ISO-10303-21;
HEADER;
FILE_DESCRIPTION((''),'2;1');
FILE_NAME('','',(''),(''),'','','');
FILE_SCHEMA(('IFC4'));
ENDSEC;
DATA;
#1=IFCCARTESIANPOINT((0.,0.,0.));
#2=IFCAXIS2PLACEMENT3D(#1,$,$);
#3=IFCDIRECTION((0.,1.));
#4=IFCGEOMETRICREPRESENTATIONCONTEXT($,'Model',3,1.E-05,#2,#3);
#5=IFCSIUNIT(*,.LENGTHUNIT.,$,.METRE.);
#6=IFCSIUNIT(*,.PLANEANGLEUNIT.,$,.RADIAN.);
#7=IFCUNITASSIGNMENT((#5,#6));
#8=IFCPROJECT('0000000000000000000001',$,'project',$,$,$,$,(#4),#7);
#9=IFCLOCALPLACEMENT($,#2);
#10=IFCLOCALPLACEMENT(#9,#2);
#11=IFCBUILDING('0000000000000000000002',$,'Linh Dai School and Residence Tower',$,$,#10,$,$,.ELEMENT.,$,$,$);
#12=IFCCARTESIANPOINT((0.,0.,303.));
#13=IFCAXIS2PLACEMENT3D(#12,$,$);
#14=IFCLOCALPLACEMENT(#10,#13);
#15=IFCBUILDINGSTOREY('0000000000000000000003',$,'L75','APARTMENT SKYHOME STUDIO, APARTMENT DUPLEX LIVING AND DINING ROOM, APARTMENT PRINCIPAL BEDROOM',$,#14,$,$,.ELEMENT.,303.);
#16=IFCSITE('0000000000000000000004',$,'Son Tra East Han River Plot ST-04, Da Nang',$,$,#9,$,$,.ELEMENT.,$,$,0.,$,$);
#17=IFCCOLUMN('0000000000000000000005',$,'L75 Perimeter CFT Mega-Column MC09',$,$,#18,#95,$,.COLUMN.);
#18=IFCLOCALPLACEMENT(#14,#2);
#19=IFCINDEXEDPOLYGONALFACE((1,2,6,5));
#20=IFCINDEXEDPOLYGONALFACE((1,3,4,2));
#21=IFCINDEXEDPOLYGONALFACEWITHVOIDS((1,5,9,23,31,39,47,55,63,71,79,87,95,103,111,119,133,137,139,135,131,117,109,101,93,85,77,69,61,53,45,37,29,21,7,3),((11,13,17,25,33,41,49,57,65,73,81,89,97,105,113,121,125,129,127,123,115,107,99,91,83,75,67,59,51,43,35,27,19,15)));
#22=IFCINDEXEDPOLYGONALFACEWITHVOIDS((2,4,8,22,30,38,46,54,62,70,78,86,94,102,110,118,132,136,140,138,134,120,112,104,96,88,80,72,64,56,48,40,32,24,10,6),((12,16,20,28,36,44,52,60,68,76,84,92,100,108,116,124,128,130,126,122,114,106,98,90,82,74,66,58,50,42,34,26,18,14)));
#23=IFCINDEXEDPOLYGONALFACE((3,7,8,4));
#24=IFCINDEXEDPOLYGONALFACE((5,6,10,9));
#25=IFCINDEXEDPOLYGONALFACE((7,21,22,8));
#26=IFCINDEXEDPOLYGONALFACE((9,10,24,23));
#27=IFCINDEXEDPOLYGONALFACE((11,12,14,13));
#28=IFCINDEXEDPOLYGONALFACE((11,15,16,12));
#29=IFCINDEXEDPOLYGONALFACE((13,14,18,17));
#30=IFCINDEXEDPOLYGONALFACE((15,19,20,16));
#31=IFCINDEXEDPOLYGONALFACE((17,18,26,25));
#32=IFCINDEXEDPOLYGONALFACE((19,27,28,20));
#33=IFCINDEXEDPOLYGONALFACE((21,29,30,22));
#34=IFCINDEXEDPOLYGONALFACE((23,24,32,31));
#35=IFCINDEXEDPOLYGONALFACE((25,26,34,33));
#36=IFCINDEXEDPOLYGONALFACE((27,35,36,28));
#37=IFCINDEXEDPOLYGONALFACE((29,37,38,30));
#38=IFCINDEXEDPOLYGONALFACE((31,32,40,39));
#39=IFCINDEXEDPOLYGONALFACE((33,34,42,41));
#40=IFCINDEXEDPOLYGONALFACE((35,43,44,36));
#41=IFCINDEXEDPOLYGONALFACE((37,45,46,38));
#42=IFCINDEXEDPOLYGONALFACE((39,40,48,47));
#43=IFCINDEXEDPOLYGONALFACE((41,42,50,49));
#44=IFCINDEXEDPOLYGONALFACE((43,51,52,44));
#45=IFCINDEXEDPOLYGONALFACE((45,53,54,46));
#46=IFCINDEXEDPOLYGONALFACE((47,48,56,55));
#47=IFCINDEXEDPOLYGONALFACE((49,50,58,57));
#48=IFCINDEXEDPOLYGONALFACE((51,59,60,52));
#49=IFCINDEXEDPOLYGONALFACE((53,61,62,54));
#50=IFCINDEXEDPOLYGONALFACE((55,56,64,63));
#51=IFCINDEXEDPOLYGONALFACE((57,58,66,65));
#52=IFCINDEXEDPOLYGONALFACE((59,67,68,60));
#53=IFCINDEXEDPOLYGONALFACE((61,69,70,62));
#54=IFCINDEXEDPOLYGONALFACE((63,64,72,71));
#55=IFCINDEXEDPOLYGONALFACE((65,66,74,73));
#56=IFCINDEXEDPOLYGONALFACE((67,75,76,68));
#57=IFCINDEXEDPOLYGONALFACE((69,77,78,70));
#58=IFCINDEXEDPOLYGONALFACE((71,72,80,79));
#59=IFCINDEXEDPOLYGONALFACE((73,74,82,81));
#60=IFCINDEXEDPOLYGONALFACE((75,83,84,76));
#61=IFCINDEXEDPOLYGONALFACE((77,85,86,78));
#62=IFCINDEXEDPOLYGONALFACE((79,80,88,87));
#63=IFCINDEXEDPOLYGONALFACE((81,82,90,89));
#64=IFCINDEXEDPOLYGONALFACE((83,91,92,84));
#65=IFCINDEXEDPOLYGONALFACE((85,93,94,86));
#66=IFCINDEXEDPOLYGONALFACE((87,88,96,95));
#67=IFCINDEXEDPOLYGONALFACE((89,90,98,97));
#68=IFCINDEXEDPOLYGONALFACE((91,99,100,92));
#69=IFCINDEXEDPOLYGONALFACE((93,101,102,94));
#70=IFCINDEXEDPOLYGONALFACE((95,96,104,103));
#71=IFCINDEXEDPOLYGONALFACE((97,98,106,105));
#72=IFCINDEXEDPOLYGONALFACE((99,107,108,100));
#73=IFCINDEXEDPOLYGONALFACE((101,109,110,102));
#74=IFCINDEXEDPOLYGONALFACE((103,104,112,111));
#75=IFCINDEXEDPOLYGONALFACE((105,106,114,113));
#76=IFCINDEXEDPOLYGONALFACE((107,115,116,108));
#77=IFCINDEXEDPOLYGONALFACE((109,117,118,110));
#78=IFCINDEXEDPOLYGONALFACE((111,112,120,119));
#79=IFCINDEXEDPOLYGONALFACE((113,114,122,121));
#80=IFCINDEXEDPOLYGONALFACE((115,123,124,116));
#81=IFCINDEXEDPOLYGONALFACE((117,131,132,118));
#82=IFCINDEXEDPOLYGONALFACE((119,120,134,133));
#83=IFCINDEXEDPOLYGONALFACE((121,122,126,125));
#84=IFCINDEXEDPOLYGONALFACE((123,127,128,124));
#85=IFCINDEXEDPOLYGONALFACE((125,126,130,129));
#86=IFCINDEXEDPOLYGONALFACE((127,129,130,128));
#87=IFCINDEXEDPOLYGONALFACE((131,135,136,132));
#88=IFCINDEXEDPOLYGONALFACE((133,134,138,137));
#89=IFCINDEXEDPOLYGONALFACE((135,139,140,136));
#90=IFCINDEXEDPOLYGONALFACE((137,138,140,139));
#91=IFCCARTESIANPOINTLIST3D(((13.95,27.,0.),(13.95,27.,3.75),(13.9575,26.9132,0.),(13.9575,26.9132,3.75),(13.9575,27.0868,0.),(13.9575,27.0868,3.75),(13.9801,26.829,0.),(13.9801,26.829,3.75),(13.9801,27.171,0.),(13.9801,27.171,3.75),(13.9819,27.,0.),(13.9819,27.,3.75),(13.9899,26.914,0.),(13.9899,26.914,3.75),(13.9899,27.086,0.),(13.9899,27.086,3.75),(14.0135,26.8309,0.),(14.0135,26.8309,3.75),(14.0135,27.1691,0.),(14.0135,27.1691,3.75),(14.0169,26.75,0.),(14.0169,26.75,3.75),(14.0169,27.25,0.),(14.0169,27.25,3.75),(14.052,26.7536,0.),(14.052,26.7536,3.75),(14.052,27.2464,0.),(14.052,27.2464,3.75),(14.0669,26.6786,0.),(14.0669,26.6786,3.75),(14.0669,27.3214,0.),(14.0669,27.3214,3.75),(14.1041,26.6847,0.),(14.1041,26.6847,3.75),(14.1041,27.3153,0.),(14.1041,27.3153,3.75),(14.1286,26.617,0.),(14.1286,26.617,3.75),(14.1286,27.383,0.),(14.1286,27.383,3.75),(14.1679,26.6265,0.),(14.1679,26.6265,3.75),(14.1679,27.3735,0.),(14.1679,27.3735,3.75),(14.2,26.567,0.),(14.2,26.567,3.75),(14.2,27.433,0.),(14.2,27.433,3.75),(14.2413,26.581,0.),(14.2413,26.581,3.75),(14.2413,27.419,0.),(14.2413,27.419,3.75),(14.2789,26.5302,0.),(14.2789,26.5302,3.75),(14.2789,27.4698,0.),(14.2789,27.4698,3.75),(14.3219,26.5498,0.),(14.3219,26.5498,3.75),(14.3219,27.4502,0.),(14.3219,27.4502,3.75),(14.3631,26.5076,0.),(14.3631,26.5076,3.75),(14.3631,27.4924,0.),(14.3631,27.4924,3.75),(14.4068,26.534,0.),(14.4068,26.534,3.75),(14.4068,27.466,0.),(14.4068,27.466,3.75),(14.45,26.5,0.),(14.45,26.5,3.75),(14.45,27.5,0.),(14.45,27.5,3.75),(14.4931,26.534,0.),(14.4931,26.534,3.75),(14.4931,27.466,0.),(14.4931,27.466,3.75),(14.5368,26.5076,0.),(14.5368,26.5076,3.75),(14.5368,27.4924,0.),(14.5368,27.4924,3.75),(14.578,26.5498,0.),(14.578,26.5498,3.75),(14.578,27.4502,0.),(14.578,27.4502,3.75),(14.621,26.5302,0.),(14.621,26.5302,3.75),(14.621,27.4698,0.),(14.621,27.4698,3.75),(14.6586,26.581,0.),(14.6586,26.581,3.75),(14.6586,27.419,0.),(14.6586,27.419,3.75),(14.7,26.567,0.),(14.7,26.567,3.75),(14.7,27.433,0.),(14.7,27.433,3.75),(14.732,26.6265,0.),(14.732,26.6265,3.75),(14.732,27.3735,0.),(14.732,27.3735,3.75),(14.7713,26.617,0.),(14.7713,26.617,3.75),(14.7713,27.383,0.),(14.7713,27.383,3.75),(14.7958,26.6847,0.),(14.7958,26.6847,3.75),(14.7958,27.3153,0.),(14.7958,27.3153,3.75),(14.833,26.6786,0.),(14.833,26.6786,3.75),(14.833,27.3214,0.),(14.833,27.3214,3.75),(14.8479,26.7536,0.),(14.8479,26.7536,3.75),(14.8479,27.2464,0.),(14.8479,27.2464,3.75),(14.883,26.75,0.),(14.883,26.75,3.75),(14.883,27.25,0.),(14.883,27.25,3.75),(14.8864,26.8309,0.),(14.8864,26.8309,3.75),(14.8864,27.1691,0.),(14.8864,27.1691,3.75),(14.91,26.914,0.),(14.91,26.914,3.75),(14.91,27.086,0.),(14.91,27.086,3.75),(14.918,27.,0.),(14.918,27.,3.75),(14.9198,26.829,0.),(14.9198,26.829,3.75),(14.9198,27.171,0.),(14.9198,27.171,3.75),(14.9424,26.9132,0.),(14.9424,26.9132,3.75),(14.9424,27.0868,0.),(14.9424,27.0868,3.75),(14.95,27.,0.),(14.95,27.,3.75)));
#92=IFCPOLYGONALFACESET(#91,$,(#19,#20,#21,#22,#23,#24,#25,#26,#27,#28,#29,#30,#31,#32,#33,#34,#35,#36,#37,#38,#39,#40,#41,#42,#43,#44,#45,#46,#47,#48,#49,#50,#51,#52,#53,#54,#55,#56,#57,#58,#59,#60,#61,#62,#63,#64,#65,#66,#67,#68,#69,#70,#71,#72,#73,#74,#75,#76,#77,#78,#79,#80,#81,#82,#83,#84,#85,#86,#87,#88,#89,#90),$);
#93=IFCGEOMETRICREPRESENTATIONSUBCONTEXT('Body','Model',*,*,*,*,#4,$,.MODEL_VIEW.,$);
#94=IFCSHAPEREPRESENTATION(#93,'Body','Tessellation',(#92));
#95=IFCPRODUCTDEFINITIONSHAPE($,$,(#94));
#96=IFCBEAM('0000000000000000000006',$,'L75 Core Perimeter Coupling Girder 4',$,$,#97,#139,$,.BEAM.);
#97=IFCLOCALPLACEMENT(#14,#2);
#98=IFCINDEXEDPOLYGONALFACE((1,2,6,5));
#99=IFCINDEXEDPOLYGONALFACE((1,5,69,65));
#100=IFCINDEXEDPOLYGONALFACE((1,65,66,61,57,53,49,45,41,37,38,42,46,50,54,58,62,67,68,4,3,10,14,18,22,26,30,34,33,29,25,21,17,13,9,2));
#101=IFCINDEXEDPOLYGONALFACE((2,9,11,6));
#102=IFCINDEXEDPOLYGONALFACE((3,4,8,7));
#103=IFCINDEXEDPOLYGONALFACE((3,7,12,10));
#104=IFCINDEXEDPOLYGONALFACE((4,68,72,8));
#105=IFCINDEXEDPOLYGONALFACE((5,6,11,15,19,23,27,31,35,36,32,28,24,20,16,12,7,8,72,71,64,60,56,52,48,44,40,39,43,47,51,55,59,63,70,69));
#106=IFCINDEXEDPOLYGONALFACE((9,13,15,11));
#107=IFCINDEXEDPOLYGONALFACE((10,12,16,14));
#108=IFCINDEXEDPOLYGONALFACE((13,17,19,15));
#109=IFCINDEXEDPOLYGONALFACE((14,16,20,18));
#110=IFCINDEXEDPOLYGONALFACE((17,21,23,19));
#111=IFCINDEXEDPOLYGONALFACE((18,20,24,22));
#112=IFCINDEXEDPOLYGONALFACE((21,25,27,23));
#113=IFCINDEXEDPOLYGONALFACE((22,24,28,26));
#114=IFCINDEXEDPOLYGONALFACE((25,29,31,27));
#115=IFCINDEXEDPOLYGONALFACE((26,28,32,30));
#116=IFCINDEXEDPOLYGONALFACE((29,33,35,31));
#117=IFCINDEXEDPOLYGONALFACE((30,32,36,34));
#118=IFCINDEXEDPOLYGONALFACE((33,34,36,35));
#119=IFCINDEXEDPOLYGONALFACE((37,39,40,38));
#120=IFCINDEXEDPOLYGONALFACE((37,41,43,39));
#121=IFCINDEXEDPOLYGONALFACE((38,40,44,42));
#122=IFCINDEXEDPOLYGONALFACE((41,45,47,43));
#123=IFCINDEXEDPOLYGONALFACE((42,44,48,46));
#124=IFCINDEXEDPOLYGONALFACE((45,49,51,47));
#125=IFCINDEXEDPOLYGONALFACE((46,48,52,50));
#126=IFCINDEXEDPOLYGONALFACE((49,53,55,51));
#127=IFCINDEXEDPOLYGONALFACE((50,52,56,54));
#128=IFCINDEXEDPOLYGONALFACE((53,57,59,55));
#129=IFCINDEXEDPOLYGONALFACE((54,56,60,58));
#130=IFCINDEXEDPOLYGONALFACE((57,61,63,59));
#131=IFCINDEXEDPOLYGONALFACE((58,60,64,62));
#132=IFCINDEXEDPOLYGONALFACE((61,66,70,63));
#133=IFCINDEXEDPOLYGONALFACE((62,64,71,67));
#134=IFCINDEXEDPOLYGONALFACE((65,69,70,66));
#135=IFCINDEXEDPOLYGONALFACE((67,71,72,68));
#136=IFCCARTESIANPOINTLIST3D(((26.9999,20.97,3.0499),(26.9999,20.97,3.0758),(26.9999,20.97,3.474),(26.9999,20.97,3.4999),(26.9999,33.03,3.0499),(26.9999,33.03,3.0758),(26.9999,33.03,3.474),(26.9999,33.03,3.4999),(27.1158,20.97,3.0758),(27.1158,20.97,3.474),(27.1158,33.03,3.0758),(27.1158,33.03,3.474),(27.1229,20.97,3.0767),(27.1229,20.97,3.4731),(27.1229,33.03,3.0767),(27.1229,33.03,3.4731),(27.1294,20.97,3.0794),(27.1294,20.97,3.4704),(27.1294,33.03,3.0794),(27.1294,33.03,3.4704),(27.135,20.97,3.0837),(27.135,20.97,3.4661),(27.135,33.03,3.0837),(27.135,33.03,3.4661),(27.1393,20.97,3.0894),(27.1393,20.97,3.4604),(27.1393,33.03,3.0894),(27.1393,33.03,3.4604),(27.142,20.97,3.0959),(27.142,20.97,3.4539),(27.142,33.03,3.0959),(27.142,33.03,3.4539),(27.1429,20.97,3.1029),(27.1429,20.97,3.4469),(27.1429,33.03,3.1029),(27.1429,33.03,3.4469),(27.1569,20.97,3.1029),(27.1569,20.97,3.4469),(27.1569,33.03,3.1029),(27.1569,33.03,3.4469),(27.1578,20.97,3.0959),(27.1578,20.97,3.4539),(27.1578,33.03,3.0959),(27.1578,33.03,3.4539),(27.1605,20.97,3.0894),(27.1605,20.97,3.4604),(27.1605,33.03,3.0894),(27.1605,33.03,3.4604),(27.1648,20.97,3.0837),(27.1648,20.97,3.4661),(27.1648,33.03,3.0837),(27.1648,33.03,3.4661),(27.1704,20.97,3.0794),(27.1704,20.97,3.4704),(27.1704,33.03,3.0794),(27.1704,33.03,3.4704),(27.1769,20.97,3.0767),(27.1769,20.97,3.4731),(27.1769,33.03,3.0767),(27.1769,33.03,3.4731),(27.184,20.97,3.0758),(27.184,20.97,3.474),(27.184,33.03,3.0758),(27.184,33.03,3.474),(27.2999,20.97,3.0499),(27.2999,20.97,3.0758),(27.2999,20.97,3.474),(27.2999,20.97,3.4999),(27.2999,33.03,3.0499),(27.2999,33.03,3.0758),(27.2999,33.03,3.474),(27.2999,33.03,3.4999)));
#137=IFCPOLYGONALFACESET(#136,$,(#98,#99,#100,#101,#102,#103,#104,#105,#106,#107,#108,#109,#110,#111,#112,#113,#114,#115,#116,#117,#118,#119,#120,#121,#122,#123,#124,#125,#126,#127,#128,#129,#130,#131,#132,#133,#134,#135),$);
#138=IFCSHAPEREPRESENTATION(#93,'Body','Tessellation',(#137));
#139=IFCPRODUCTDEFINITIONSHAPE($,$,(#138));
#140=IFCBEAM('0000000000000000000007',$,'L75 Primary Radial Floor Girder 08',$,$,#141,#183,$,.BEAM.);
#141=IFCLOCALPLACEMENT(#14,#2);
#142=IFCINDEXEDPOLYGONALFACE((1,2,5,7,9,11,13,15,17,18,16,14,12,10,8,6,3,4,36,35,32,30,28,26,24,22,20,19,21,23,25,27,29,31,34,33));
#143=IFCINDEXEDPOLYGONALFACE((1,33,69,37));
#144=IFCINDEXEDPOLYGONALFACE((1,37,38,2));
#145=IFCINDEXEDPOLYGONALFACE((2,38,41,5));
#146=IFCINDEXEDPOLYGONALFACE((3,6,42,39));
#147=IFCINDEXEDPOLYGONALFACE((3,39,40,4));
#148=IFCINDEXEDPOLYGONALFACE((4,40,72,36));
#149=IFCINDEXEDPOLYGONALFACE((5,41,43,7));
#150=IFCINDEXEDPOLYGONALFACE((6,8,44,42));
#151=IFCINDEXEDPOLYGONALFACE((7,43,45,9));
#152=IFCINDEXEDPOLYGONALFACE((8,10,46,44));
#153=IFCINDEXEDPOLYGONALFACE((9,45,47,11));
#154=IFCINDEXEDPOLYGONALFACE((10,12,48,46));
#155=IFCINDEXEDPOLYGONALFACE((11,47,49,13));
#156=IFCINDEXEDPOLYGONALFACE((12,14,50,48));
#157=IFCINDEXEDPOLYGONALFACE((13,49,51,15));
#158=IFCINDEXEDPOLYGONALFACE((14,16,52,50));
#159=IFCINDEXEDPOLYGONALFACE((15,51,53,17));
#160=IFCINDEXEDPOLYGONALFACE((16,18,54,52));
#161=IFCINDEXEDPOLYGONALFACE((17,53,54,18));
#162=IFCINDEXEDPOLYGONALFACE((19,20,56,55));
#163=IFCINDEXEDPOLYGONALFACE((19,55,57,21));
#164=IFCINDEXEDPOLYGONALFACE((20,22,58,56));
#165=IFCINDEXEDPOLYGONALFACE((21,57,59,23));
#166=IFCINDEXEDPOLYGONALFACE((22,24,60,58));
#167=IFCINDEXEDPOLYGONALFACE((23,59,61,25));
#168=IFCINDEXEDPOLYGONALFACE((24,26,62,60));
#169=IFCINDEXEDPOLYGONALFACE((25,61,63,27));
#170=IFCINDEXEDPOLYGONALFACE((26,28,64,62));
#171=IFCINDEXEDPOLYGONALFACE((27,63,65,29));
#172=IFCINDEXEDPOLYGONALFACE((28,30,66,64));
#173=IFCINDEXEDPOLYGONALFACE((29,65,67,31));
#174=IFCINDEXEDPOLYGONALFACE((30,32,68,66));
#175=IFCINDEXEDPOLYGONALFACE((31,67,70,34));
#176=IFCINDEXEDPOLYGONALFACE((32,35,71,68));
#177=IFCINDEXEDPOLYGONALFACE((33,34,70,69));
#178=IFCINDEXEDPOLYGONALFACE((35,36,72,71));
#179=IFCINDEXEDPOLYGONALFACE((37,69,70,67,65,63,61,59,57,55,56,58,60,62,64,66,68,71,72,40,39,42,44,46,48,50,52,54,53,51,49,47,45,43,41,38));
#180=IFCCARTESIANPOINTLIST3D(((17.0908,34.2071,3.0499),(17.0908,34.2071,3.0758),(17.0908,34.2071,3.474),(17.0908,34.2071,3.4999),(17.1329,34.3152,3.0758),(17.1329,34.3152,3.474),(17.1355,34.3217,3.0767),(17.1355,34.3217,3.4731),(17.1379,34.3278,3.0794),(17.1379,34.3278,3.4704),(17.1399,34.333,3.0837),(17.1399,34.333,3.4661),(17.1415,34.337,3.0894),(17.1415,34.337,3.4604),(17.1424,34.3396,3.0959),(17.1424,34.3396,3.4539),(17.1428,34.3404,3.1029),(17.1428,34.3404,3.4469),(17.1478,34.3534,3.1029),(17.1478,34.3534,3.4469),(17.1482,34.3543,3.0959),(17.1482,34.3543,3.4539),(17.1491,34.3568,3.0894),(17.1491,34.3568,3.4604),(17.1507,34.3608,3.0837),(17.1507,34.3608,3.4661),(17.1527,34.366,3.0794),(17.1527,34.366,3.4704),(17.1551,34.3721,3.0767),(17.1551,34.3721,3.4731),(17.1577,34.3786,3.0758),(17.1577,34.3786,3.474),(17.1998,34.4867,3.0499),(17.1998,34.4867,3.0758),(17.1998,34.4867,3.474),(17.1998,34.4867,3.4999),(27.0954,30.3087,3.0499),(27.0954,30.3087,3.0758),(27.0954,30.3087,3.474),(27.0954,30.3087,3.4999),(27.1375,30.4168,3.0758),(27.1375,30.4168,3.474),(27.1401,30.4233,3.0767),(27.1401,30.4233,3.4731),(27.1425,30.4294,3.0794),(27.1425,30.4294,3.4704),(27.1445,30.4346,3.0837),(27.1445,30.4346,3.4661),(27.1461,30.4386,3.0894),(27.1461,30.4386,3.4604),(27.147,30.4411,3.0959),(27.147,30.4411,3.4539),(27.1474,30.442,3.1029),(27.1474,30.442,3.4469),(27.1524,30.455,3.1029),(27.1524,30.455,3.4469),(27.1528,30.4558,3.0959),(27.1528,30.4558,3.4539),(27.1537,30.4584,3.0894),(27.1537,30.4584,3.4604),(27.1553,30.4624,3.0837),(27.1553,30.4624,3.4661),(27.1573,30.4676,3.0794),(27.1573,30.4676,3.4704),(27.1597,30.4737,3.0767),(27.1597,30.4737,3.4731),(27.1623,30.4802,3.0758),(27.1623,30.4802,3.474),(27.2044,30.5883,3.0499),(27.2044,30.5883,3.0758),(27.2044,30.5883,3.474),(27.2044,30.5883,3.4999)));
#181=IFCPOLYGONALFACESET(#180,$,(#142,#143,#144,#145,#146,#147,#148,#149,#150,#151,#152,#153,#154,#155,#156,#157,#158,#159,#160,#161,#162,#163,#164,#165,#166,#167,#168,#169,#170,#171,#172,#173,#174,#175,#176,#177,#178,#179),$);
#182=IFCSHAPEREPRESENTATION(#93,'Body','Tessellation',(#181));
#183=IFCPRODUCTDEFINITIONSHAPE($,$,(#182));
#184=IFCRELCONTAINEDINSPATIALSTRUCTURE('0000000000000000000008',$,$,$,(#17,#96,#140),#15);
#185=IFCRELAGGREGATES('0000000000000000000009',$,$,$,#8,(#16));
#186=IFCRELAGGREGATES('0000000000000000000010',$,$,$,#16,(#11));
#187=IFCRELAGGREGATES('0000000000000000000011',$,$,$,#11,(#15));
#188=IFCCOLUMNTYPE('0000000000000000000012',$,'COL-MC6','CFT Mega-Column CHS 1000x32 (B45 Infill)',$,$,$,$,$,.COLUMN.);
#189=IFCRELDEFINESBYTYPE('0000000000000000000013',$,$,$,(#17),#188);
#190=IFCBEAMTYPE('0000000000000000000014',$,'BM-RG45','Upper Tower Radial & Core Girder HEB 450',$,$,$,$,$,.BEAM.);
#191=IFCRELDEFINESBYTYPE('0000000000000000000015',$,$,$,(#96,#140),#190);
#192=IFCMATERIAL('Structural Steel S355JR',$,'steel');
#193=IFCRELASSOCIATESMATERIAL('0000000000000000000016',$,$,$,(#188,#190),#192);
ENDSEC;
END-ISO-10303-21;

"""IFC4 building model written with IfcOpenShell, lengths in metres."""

from ifc_helpers import new_model, si_unit, direction, frame, origin, origin_2d, place, context, subcontext, project, spatial, hollow_circle, i_section, extrude, material, material_profile, profile_set, type_object, element, save


model = new_model("IFC4")

# Units and contexts
model_context = context("Model", 3, precision=1e-05, world=origin(), true_north=direction((0.0, 1.0)))
body_context = subcontext(model_context, "Body", "Model", "MODEL_VIEW")
ifc_project = project(units=[si_unit("LENGTHUNIT", "METRE"), si_unit("PLANEANGLEUNIT", "RADIAN")], contexts=[model_context])

# Site, building, storey
site_placement = place(None, origin())
site = spatial("IfcSite", under=ifc_project, at=site_placement, Name="Son Tra East Han River Plot ST-04, Da Nang", CompositionType="ELEMENT", RefElevation=0.0)
building_placement = place(site_placement, origin())
building = spatial("IfcBuilding", under=site, at=building_placement, Name="Linh Dai School and Residence Tower", CompositionType="ELEMENT")
storey_placement = place(building_placement, frame((0.0, 0.0, 303.0)))
storey = spatial("IfcBuildingStorey", under=building, at=storey_placement, Name="L75", Description="APARTMENT SKYHOME STUDIO, APARTMENT DUPLEX LIVING AND DINING ROOM, APARTMENT PRINCIPAL BEDROOM", CompositionType="ELEMENT", Elevation=303.0)

# Column
ifc_material_1 = material(Name="Structural Steel S355JR", Category="steel")
ifc_material_profile_1 = material_profile(ifc_material_1, hollow_circle(Radius=0.5, WallThickness=0.032, at=origin_2d()), Name="CHS 1000x32")
ifc_profile_set_1 = profile_set([ifc_material_profile_1], Name="Structural Steel S355JR")
column_type = type_object("IfcColumnType", Name="COL-MC6", Description="CFT Mega-Column CHS 1000x32 (B45 Infill)", PredefinedType="COLUMN", material=ifc_profile_set_1)
column_placement = place(storey_placement, frame((14.45, 27.0, 0.0), z_axis=(0.0, 0.0, 1.0), x_axis=(1.0, 0.0, 0.0)))
element("IfcColumn", 1, at=column_placement, inside=storey, type_object=column_type, Name="L75 Perimeter CFT Mega-Column MC09", PredefinedType="COLUMN", context=body_context, shape_type="SweptSolid", body=[
    extrude(hollow_circle(Radius=0.5, WallThickness=0.032, at=origin_2d()), origin(), (0.0, 0.0, 1.0), 3.75),
])

# Beams
ifc_material_profile_2 = material_profile(ifc_material_1, i_section(OverallWidth=0.3, OverallDepth=0.45, WebThickness=0.0139, FlangeThickness=0.0259, FilletRadius=0.0271, at=origin_2d()), Name="HEB 450")
ifc_profile_set_2 = profile_set([ifc_material_profile_2], Name="Structural Steel S355JR")
beam_type = type_object("IfcBeamType", Name="BM-RG45", Description="Upper Tower Radial & Core Girder HEB 450", PredefinedType="BEAM", material=ifc_profile_set_2)
beam_1_placement = place(storey_placement, frame((27.1499, 33.03, 3.2749), z_axis=(0.0, -1.0, 0.0), x_axis=(1.0, 0.0, 0.0)))
element("IfcBeam", 2, at=beam_1_placement, inside=storey, type_object=beam_type, Name="L75 Core Perimeter Coupling Girder 4", PredefinedType="BEAM", context=body_context, shape_type="SweptSolid", body=[
    extrude(i_section(OverallWidth=0.3, OverallDepth=0.45, WebThickness=0.0139, FlangeThickness=0.0259, FilletRadius=0.0271, at=origin_2d()), origin(), (0.0, 0.0, 1.0), 12.0601),
])
beam_2_placement = place(storey_placement, frame((27.1499, 30.4485, 3.2749), z_axis=(-0.931761, 0.363073, 0.0), x_axis=(-0.363073, -0.931761, 0.0)))
element("IfcBeam", 3, at=beam_2_placement, inside=storey, type_object=beam_type, Name="L75 Primary Radial Floor Girder 08", PredefinedType="BEAM", context=body_context, shape_type="SweptSolid", body=[
    extrude(i_section(OverallWidth=0.3, OverallDepth=0.45, WebThickness=0.0139, FlangeThickness=0.0259, FilletRadius=0.0271, at=origin_2d()), origin(), (0.0, 0.0, 1.0), 10.7373),
])

save(model, "model.ifc")
